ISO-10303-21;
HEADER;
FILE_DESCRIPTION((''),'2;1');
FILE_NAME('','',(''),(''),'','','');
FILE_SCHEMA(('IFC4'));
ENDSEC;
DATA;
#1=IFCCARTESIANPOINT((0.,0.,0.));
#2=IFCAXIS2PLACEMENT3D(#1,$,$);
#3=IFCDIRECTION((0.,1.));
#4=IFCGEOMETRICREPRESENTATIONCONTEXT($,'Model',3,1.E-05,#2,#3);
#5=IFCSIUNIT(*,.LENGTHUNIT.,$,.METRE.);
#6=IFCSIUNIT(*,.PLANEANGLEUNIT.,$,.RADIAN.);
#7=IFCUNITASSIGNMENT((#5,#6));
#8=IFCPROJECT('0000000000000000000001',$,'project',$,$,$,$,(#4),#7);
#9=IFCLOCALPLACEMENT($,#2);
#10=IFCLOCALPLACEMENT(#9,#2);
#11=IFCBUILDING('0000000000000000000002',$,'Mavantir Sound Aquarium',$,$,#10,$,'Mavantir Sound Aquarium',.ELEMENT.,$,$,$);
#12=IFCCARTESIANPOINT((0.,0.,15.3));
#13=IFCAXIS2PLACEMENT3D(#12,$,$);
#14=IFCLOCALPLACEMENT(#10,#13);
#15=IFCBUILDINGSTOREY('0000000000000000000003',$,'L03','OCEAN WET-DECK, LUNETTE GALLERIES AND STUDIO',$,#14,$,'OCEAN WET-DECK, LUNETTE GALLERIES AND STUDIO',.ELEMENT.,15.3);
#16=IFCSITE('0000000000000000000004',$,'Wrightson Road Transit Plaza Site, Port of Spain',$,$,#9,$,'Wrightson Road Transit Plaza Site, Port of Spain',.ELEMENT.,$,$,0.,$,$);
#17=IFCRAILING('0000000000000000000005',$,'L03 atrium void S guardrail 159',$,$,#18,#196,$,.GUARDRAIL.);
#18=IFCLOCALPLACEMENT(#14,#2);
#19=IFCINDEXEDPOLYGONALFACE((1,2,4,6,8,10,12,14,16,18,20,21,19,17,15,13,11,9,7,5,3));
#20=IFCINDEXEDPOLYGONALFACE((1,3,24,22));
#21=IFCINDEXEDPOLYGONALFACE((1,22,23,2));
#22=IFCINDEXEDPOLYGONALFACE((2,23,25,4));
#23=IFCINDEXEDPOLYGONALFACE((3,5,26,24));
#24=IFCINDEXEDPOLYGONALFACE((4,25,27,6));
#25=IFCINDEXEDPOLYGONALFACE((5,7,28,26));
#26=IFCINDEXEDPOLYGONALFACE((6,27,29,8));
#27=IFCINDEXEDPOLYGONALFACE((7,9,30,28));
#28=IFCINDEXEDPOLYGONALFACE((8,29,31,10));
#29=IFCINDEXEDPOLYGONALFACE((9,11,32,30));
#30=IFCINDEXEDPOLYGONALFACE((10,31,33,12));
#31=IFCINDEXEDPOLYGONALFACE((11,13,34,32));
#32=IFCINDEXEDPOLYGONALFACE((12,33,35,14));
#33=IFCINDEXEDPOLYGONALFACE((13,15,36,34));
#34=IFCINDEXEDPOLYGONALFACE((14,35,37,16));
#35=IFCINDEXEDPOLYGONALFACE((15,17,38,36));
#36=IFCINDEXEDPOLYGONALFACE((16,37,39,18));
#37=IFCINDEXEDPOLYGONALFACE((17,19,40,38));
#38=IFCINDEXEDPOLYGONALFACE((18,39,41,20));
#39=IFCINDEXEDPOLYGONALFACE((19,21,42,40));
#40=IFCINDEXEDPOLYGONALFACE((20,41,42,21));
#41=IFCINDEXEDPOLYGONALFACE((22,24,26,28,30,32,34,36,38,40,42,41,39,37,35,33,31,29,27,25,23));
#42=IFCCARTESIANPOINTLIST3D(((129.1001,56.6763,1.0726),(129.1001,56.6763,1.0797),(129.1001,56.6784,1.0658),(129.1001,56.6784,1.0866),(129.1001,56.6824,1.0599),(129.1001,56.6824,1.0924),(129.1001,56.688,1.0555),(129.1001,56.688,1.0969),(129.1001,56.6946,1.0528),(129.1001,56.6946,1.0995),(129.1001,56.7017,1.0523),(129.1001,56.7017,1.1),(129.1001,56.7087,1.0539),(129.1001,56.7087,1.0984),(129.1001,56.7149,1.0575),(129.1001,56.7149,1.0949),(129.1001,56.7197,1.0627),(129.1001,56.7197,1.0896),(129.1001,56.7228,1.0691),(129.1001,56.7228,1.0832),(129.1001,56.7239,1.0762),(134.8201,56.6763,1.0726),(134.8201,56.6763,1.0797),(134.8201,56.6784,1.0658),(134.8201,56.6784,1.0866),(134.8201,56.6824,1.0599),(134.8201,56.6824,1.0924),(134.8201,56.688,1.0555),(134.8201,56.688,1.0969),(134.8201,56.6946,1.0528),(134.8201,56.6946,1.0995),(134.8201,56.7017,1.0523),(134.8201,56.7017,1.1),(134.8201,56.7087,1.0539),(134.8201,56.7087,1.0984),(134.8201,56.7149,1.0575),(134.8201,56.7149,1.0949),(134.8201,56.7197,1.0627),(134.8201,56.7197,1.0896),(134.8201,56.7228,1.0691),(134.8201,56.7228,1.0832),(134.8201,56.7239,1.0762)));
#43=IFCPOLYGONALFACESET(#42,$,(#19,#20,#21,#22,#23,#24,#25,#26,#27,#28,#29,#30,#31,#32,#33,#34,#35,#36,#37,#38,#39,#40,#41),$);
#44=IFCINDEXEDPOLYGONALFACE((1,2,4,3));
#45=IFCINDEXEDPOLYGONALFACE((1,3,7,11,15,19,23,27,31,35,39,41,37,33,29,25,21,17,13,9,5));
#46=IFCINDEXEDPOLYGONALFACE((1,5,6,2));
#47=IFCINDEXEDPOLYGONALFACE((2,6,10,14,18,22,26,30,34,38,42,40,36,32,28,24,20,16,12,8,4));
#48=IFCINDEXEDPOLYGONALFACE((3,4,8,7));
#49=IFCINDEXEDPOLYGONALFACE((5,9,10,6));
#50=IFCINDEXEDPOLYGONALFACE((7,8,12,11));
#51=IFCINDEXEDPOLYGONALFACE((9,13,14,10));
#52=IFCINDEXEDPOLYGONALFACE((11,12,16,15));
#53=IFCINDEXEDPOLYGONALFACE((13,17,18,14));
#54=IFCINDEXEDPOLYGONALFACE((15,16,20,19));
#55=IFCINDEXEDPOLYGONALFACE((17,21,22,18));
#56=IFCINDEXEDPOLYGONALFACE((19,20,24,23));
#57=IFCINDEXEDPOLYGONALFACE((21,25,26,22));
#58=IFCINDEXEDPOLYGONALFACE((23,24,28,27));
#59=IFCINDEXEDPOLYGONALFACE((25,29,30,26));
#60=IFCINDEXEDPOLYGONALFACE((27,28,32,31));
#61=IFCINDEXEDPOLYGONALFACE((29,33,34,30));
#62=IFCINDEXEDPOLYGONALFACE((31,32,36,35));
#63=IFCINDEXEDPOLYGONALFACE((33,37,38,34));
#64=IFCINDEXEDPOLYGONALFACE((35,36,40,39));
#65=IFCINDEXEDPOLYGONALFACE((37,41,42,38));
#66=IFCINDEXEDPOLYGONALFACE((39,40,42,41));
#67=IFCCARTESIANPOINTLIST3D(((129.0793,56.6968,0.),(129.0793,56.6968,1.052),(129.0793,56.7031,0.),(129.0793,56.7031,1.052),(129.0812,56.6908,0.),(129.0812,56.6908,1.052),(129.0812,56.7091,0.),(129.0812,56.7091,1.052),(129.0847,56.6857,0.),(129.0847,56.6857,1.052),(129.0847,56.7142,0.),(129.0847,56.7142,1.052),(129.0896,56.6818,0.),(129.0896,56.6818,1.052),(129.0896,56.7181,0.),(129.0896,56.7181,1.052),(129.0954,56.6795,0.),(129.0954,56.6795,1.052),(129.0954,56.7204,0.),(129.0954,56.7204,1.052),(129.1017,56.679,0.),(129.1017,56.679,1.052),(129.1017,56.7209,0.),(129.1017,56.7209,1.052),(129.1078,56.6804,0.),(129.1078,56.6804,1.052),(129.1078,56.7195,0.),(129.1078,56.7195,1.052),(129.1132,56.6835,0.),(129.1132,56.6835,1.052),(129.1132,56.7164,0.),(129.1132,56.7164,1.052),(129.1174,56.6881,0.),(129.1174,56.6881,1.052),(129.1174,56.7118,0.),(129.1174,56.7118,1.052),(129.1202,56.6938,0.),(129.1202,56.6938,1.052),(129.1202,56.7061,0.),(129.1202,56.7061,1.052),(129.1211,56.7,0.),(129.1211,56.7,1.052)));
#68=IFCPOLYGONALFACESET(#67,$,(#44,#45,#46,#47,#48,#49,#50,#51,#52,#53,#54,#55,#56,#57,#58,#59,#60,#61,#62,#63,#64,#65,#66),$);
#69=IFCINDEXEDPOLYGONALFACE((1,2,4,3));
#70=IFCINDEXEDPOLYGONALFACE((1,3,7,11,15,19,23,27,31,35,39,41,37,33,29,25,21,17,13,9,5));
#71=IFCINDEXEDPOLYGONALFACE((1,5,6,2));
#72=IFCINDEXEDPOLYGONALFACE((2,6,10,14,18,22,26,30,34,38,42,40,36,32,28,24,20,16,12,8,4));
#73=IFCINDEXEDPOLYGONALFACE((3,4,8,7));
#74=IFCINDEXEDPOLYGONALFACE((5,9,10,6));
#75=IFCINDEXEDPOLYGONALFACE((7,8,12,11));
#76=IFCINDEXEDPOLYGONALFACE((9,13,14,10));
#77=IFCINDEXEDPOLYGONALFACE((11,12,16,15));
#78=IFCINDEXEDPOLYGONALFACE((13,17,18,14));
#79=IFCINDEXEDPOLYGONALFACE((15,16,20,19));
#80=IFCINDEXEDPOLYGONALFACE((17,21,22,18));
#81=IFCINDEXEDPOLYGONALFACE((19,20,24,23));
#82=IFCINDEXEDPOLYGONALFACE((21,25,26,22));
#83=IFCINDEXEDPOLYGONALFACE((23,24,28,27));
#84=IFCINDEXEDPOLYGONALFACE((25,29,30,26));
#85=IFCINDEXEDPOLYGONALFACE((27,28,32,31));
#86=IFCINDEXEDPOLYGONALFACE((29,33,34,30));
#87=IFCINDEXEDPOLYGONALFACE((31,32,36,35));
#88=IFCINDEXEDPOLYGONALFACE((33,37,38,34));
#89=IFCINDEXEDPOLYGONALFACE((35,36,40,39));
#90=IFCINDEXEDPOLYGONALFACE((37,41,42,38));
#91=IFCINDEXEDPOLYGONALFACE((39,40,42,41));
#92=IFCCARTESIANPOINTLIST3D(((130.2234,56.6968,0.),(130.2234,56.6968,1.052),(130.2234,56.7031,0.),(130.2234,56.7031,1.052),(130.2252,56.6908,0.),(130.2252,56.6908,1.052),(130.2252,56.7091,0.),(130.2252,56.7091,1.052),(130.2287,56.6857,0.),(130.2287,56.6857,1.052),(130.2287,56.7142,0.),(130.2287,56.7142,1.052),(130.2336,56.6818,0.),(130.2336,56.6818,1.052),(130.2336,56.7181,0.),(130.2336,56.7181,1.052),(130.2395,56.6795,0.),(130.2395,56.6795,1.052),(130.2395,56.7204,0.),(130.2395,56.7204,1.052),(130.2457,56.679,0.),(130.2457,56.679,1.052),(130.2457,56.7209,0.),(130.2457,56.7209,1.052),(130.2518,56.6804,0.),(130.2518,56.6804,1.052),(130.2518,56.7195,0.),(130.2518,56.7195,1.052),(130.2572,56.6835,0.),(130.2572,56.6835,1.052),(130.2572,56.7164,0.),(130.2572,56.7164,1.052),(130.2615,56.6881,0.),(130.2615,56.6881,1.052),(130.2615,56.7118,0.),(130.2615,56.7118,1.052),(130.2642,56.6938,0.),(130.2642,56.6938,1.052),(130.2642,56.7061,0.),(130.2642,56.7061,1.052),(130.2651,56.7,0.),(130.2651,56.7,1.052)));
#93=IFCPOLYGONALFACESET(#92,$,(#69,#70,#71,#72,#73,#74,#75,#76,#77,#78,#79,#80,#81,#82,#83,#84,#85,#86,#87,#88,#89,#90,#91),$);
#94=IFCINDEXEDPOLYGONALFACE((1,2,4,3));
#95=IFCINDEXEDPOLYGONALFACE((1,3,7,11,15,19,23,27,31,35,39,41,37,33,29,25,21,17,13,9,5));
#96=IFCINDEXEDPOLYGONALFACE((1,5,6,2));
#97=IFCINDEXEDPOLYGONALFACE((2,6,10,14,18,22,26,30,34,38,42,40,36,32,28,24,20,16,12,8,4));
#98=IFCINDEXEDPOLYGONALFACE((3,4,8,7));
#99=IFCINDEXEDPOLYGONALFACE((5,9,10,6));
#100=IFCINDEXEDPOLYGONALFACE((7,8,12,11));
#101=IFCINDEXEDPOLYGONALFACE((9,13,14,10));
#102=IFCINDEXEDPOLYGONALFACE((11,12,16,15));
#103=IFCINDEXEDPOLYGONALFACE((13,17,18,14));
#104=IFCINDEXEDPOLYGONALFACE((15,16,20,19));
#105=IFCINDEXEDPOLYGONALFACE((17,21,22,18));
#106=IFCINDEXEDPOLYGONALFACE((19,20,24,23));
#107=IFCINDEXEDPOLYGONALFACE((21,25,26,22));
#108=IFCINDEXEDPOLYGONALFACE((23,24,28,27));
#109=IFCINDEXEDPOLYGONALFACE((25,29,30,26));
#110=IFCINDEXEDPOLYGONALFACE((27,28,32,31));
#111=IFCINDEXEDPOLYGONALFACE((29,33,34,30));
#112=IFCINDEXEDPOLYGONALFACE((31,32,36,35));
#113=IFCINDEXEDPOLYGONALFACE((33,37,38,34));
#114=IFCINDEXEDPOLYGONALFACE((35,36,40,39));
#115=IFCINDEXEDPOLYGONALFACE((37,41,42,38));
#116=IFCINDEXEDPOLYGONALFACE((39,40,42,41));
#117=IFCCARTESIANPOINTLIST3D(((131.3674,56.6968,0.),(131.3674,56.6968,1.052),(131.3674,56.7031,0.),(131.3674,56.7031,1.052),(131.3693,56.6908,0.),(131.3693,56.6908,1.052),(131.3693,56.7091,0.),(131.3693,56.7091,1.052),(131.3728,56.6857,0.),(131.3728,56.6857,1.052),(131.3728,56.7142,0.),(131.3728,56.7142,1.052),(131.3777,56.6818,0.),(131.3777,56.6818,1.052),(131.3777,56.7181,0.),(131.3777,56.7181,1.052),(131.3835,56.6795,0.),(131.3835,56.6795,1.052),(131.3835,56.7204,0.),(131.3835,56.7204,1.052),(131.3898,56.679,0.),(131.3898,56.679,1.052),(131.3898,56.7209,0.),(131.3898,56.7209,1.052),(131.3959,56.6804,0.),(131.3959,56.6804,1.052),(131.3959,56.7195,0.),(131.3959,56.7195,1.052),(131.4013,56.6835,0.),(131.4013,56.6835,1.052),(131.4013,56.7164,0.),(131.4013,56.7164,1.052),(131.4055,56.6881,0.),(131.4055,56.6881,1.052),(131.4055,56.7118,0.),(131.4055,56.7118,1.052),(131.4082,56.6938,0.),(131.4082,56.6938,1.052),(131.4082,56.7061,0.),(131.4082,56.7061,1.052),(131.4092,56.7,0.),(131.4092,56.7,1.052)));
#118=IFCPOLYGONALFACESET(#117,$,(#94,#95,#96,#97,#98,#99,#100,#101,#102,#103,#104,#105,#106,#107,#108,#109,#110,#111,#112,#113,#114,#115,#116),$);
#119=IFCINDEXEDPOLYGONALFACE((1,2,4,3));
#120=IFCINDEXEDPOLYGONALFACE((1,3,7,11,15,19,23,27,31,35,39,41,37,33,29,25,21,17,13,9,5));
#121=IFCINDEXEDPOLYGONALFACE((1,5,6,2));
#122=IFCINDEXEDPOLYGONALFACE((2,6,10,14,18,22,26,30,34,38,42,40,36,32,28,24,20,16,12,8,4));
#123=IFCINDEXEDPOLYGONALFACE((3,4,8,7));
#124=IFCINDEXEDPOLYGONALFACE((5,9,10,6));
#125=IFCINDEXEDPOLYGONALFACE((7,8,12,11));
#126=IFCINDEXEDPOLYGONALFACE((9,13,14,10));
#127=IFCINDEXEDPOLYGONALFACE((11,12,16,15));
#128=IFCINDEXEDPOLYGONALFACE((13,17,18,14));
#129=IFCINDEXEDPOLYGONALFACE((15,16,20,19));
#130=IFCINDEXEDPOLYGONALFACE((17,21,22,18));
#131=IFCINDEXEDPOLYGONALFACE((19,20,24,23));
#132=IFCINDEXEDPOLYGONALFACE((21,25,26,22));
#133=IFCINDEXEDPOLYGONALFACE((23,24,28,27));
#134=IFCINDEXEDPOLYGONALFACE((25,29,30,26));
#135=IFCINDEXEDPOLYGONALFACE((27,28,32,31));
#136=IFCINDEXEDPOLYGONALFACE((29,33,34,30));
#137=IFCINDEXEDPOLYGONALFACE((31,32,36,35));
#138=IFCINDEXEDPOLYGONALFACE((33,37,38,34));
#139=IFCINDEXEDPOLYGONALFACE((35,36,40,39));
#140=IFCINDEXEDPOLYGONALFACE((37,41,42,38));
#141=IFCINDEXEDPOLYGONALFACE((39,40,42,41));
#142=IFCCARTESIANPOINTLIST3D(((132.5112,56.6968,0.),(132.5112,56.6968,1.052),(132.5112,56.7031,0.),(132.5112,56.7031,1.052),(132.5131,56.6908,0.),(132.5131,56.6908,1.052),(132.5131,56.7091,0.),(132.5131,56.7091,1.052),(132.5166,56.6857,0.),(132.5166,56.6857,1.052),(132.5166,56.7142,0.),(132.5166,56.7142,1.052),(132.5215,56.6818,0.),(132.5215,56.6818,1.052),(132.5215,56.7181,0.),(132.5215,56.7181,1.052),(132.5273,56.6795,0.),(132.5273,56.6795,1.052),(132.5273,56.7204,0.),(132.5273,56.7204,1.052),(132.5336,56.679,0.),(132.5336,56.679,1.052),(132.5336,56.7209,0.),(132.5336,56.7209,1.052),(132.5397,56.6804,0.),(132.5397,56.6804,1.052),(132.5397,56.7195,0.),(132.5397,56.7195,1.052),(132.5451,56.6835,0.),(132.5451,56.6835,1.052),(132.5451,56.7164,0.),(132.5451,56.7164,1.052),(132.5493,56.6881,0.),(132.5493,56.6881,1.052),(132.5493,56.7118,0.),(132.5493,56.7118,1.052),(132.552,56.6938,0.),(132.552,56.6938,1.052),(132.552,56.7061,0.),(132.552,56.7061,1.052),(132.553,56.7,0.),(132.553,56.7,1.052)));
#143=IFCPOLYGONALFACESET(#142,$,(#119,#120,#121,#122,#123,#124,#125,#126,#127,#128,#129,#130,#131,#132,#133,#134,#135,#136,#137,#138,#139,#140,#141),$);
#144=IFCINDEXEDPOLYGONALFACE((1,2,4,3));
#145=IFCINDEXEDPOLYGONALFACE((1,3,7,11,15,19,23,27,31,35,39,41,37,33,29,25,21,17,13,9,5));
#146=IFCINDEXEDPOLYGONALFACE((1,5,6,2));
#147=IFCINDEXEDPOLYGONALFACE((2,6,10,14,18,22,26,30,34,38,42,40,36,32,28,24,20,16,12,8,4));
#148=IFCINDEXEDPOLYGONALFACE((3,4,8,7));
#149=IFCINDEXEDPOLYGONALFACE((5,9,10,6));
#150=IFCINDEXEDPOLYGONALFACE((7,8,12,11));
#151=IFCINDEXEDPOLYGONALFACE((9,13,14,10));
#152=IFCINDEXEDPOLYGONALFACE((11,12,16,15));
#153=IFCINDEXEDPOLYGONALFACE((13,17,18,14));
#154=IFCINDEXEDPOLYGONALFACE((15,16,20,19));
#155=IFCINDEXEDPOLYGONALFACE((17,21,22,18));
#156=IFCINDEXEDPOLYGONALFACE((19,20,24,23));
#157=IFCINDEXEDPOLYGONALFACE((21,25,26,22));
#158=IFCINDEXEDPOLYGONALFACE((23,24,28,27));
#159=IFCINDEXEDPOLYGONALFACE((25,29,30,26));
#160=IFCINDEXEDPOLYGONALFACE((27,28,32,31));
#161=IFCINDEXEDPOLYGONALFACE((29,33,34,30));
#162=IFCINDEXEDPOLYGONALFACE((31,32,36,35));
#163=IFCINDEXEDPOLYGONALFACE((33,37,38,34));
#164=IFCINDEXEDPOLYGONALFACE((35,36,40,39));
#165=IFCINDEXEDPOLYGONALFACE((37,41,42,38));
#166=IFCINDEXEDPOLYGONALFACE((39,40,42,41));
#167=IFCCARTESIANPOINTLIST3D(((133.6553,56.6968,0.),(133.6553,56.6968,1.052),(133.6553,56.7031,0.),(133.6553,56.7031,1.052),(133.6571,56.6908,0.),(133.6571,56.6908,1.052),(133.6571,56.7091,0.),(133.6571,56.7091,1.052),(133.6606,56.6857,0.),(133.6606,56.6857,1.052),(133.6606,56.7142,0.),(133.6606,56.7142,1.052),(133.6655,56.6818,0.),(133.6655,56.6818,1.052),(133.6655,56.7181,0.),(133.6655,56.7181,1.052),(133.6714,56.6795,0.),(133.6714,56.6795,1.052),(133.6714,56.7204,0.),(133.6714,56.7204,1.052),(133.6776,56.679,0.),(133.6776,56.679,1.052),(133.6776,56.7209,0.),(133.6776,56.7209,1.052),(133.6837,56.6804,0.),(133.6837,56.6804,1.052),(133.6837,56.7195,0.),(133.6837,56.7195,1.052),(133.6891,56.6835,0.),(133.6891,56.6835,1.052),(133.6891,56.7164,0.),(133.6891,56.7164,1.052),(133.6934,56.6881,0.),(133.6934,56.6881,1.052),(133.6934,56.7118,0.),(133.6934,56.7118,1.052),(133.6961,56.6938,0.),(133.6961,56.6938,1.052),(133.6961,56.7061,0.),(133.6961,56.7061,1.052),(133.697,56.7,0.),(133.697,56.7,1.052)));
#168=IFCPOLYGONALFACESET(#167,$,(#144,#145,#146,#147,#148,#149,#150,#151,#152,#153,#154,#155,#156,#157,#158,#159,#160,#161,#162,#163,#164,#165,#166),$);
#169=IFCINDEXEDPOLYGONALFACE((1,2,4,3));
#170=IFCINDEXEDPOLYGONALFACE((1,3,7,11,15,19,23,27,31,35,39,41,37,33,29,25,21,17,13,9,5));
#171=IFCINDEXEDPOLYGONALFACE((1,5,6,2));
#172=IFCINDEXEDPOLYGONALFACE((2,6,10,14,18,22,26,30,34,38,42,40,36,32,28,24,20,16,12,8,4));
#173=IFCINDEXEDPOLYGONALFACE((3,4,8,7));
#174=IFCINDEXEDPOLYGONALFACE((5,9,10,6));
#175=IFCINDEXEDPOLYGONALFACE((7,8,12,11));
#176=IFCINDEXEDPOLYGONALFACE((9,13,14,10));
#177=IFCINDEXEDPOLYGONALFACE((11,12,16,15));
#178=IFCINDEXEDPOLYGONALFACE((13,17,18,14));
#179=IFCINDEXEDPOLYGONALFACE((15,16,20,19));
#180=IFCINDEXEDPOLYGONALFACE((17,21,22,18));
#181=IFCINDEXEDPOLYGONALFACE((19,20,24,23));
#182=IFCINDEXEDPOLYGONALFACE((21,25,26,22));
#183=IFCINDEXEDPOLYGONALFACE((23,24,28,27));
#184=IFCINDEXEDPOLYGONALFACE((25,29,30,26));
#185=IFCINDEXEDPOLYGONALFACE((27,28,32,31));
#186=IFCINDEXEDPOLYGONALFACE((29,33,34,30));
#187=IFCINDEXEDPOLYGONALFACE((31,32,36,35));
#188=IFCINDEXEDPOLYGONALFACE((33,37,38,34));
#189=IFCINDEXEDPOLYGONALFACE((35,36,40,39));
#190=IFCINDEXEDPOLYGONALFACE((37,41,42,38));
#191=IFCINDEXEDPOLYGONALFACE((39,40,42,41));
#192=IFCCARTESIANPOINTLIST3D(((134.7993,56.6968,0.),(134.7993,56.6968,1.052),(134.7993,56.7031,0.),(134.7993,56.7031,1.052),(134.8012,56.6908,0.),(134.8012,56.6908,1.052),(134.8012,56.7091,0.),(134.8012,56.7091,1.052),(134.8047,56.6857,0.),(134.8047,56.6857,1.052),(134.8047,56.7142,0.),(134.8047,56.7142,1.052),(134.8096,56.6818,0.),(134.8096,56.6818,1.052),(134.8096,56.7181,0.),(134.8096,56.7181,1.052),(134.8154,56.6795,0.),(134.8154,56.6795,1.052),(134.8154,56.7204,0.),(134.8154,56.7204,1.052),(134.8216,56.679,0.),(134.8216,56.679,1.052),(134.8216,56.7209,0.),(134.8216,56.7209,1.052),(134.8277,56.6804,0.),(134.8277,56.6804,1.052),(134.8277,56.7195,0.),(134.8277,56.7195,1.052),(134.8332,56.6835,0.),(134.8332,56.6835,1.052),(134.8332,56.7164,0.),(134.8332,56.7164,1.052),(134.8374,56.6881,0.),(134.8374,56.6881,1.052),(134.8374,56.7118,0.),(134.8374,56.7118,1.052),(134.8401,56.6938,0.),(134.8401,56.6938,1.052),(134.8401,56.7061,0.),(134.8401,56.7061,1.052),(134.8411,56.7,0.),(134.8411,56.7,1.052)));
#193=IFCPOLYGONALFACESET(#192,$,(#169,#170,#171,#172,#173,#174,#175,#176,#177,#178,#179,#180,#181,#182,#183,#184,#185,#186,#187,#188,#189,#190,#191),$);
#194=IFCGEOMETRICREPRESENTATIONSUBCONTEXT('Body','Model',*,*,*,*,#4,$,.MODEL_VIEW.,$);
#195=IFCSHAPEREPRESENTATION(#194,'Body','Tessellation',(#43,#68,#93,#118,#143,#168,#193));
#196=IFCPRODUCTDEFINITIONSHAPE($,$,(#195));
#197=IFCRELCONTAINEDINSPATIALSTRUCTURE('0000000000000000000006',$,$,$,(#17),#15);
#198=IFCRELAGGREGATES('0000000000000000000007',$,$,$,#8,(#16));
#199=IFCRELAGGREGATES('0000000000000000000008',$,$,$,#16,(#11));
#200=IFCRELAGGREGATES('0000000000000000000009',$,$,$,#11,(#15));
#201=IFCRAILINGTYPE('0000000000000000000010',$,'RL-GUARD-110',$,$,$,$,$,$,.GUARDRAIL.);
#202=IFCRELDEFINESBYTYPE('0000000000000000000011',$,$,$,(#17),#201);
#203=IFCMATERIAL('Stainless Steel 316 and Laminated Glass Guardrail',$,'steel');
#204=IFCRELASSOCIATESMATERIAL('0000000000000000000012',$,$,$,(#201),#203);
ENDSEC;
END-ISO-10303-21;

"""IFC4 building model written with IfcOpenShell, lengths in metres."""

from ifc_helpers import new_model, si_unit, direction, frame, origin, origin_2d, place, context, subcontext, project, spatial, circle, extrude, material, type_object, element, save


model = new_model("IFC4")

# Units and contexts
model_context = context("Model", 3, precision=1e-05, world=origin(), true_north=direction((0.0, 1.0)))
body_context = subcontext(model_context, "Body", "Model", "MODEL_VIEW")
ifc_project = project(units=[si_unit("LENGTHUNIT", "METRE"), si_unit("PLANEANGLEUNIT", "RADIAN")], contexts=[model_context])

# Site, building, storey
site_placement = place(None, origin())
site = spatial("IfcSite", under=ifc_project, at=site_placement, Name="Wrightson Road Transit Plaza Site, Port of Spain", LongName="Wrightson Road Transit Plaza Site, Port of Spain", CompositionType="ELEMENT", RefElevation=0.0)
building_placement = place(site_placement, origin())
building = spatial("IfcBuilding", under=site, at=building_placement, Name="Mavantir Sound Aquarium", LongName="Mavantir Sound Aquarium", CompositionType="ELEMENT")
storey_placement = place(building_placement, frame((0.0, 0.0, 15.3)))
storey = spatial("IfcBuildingStorey", under=building, at=storey_placement, Name="L03", Description="OCEAN WET-DECK, LUNETTE GALLERIES AND STUDIO", LongName="OCEAN WET-DECK, LUNETTE GALLERIES AND STUDIO", CompositionType="ELEMENT", Elevation=15.3)

# Railing
ifc_material_1 = material(Name="Stainless Steel 316 and Laminated Glass Guardrail", Category="steel")
railing_type = type_object("IfcRailingType", Name="RL-GUARD-110", PredefinedType="GUARDRAIL", material=ifc_material_1)
railing_1_placement = place(storey_placement, frame((129.1001, 56.7, 0.0)))
element("IfcRailing", 1, at=railing_1_placement, inside=storey, type_object=railing_type, Name="L03 atrium void S guardrail 159", PredefinedType="GUARDRAIL", context=body_context, shape_type="SweptSolid", body=[
    extrude(circle(Radius=0.0239, at=origin_2d()), frame((0.0, 0.0, 1.0762), z_axis=(1.0, 0.0, 0.0), x_axis=(0.0, 1.0, 0.0)), (0.0, 0.0, 1.0), 5.72),
    extrude(circle(Radius=0.021, at=origin_2d()), origin(), (0.0, 0.0, 1.0), 1.052),
    extrude(circle(Radius=0.021, at=origin_2d()), frame((1.144, 0.0, 0.0)), (0.0, 0.0, 1.0), 1.052),
    extrude(circle(Radius=0.021, at=origin_2d()), frame((2.2881, 0.0, 0.0)), (0.0, 0.0, 1.0), 1.052),
    extrude(circle(Radius=0.021, at=origin_2d()), frame((3.4319, 0.0, 0.0)), (0.0, 0.0, 1.0), 1.052),
    extrude(circle(Radius=0.021, at=origin_2d()), frame((4.5759, 0.0, 0.0)), (0.0, 0.0, 1.0), 1.052),
    extrude(circle(Radius=0.021, at=origin_2d()), frame((5.72, 0.0, 0.0)), (0.0, 0.0, 1.0), 1.052),
])

save(model, "model.ifc")
